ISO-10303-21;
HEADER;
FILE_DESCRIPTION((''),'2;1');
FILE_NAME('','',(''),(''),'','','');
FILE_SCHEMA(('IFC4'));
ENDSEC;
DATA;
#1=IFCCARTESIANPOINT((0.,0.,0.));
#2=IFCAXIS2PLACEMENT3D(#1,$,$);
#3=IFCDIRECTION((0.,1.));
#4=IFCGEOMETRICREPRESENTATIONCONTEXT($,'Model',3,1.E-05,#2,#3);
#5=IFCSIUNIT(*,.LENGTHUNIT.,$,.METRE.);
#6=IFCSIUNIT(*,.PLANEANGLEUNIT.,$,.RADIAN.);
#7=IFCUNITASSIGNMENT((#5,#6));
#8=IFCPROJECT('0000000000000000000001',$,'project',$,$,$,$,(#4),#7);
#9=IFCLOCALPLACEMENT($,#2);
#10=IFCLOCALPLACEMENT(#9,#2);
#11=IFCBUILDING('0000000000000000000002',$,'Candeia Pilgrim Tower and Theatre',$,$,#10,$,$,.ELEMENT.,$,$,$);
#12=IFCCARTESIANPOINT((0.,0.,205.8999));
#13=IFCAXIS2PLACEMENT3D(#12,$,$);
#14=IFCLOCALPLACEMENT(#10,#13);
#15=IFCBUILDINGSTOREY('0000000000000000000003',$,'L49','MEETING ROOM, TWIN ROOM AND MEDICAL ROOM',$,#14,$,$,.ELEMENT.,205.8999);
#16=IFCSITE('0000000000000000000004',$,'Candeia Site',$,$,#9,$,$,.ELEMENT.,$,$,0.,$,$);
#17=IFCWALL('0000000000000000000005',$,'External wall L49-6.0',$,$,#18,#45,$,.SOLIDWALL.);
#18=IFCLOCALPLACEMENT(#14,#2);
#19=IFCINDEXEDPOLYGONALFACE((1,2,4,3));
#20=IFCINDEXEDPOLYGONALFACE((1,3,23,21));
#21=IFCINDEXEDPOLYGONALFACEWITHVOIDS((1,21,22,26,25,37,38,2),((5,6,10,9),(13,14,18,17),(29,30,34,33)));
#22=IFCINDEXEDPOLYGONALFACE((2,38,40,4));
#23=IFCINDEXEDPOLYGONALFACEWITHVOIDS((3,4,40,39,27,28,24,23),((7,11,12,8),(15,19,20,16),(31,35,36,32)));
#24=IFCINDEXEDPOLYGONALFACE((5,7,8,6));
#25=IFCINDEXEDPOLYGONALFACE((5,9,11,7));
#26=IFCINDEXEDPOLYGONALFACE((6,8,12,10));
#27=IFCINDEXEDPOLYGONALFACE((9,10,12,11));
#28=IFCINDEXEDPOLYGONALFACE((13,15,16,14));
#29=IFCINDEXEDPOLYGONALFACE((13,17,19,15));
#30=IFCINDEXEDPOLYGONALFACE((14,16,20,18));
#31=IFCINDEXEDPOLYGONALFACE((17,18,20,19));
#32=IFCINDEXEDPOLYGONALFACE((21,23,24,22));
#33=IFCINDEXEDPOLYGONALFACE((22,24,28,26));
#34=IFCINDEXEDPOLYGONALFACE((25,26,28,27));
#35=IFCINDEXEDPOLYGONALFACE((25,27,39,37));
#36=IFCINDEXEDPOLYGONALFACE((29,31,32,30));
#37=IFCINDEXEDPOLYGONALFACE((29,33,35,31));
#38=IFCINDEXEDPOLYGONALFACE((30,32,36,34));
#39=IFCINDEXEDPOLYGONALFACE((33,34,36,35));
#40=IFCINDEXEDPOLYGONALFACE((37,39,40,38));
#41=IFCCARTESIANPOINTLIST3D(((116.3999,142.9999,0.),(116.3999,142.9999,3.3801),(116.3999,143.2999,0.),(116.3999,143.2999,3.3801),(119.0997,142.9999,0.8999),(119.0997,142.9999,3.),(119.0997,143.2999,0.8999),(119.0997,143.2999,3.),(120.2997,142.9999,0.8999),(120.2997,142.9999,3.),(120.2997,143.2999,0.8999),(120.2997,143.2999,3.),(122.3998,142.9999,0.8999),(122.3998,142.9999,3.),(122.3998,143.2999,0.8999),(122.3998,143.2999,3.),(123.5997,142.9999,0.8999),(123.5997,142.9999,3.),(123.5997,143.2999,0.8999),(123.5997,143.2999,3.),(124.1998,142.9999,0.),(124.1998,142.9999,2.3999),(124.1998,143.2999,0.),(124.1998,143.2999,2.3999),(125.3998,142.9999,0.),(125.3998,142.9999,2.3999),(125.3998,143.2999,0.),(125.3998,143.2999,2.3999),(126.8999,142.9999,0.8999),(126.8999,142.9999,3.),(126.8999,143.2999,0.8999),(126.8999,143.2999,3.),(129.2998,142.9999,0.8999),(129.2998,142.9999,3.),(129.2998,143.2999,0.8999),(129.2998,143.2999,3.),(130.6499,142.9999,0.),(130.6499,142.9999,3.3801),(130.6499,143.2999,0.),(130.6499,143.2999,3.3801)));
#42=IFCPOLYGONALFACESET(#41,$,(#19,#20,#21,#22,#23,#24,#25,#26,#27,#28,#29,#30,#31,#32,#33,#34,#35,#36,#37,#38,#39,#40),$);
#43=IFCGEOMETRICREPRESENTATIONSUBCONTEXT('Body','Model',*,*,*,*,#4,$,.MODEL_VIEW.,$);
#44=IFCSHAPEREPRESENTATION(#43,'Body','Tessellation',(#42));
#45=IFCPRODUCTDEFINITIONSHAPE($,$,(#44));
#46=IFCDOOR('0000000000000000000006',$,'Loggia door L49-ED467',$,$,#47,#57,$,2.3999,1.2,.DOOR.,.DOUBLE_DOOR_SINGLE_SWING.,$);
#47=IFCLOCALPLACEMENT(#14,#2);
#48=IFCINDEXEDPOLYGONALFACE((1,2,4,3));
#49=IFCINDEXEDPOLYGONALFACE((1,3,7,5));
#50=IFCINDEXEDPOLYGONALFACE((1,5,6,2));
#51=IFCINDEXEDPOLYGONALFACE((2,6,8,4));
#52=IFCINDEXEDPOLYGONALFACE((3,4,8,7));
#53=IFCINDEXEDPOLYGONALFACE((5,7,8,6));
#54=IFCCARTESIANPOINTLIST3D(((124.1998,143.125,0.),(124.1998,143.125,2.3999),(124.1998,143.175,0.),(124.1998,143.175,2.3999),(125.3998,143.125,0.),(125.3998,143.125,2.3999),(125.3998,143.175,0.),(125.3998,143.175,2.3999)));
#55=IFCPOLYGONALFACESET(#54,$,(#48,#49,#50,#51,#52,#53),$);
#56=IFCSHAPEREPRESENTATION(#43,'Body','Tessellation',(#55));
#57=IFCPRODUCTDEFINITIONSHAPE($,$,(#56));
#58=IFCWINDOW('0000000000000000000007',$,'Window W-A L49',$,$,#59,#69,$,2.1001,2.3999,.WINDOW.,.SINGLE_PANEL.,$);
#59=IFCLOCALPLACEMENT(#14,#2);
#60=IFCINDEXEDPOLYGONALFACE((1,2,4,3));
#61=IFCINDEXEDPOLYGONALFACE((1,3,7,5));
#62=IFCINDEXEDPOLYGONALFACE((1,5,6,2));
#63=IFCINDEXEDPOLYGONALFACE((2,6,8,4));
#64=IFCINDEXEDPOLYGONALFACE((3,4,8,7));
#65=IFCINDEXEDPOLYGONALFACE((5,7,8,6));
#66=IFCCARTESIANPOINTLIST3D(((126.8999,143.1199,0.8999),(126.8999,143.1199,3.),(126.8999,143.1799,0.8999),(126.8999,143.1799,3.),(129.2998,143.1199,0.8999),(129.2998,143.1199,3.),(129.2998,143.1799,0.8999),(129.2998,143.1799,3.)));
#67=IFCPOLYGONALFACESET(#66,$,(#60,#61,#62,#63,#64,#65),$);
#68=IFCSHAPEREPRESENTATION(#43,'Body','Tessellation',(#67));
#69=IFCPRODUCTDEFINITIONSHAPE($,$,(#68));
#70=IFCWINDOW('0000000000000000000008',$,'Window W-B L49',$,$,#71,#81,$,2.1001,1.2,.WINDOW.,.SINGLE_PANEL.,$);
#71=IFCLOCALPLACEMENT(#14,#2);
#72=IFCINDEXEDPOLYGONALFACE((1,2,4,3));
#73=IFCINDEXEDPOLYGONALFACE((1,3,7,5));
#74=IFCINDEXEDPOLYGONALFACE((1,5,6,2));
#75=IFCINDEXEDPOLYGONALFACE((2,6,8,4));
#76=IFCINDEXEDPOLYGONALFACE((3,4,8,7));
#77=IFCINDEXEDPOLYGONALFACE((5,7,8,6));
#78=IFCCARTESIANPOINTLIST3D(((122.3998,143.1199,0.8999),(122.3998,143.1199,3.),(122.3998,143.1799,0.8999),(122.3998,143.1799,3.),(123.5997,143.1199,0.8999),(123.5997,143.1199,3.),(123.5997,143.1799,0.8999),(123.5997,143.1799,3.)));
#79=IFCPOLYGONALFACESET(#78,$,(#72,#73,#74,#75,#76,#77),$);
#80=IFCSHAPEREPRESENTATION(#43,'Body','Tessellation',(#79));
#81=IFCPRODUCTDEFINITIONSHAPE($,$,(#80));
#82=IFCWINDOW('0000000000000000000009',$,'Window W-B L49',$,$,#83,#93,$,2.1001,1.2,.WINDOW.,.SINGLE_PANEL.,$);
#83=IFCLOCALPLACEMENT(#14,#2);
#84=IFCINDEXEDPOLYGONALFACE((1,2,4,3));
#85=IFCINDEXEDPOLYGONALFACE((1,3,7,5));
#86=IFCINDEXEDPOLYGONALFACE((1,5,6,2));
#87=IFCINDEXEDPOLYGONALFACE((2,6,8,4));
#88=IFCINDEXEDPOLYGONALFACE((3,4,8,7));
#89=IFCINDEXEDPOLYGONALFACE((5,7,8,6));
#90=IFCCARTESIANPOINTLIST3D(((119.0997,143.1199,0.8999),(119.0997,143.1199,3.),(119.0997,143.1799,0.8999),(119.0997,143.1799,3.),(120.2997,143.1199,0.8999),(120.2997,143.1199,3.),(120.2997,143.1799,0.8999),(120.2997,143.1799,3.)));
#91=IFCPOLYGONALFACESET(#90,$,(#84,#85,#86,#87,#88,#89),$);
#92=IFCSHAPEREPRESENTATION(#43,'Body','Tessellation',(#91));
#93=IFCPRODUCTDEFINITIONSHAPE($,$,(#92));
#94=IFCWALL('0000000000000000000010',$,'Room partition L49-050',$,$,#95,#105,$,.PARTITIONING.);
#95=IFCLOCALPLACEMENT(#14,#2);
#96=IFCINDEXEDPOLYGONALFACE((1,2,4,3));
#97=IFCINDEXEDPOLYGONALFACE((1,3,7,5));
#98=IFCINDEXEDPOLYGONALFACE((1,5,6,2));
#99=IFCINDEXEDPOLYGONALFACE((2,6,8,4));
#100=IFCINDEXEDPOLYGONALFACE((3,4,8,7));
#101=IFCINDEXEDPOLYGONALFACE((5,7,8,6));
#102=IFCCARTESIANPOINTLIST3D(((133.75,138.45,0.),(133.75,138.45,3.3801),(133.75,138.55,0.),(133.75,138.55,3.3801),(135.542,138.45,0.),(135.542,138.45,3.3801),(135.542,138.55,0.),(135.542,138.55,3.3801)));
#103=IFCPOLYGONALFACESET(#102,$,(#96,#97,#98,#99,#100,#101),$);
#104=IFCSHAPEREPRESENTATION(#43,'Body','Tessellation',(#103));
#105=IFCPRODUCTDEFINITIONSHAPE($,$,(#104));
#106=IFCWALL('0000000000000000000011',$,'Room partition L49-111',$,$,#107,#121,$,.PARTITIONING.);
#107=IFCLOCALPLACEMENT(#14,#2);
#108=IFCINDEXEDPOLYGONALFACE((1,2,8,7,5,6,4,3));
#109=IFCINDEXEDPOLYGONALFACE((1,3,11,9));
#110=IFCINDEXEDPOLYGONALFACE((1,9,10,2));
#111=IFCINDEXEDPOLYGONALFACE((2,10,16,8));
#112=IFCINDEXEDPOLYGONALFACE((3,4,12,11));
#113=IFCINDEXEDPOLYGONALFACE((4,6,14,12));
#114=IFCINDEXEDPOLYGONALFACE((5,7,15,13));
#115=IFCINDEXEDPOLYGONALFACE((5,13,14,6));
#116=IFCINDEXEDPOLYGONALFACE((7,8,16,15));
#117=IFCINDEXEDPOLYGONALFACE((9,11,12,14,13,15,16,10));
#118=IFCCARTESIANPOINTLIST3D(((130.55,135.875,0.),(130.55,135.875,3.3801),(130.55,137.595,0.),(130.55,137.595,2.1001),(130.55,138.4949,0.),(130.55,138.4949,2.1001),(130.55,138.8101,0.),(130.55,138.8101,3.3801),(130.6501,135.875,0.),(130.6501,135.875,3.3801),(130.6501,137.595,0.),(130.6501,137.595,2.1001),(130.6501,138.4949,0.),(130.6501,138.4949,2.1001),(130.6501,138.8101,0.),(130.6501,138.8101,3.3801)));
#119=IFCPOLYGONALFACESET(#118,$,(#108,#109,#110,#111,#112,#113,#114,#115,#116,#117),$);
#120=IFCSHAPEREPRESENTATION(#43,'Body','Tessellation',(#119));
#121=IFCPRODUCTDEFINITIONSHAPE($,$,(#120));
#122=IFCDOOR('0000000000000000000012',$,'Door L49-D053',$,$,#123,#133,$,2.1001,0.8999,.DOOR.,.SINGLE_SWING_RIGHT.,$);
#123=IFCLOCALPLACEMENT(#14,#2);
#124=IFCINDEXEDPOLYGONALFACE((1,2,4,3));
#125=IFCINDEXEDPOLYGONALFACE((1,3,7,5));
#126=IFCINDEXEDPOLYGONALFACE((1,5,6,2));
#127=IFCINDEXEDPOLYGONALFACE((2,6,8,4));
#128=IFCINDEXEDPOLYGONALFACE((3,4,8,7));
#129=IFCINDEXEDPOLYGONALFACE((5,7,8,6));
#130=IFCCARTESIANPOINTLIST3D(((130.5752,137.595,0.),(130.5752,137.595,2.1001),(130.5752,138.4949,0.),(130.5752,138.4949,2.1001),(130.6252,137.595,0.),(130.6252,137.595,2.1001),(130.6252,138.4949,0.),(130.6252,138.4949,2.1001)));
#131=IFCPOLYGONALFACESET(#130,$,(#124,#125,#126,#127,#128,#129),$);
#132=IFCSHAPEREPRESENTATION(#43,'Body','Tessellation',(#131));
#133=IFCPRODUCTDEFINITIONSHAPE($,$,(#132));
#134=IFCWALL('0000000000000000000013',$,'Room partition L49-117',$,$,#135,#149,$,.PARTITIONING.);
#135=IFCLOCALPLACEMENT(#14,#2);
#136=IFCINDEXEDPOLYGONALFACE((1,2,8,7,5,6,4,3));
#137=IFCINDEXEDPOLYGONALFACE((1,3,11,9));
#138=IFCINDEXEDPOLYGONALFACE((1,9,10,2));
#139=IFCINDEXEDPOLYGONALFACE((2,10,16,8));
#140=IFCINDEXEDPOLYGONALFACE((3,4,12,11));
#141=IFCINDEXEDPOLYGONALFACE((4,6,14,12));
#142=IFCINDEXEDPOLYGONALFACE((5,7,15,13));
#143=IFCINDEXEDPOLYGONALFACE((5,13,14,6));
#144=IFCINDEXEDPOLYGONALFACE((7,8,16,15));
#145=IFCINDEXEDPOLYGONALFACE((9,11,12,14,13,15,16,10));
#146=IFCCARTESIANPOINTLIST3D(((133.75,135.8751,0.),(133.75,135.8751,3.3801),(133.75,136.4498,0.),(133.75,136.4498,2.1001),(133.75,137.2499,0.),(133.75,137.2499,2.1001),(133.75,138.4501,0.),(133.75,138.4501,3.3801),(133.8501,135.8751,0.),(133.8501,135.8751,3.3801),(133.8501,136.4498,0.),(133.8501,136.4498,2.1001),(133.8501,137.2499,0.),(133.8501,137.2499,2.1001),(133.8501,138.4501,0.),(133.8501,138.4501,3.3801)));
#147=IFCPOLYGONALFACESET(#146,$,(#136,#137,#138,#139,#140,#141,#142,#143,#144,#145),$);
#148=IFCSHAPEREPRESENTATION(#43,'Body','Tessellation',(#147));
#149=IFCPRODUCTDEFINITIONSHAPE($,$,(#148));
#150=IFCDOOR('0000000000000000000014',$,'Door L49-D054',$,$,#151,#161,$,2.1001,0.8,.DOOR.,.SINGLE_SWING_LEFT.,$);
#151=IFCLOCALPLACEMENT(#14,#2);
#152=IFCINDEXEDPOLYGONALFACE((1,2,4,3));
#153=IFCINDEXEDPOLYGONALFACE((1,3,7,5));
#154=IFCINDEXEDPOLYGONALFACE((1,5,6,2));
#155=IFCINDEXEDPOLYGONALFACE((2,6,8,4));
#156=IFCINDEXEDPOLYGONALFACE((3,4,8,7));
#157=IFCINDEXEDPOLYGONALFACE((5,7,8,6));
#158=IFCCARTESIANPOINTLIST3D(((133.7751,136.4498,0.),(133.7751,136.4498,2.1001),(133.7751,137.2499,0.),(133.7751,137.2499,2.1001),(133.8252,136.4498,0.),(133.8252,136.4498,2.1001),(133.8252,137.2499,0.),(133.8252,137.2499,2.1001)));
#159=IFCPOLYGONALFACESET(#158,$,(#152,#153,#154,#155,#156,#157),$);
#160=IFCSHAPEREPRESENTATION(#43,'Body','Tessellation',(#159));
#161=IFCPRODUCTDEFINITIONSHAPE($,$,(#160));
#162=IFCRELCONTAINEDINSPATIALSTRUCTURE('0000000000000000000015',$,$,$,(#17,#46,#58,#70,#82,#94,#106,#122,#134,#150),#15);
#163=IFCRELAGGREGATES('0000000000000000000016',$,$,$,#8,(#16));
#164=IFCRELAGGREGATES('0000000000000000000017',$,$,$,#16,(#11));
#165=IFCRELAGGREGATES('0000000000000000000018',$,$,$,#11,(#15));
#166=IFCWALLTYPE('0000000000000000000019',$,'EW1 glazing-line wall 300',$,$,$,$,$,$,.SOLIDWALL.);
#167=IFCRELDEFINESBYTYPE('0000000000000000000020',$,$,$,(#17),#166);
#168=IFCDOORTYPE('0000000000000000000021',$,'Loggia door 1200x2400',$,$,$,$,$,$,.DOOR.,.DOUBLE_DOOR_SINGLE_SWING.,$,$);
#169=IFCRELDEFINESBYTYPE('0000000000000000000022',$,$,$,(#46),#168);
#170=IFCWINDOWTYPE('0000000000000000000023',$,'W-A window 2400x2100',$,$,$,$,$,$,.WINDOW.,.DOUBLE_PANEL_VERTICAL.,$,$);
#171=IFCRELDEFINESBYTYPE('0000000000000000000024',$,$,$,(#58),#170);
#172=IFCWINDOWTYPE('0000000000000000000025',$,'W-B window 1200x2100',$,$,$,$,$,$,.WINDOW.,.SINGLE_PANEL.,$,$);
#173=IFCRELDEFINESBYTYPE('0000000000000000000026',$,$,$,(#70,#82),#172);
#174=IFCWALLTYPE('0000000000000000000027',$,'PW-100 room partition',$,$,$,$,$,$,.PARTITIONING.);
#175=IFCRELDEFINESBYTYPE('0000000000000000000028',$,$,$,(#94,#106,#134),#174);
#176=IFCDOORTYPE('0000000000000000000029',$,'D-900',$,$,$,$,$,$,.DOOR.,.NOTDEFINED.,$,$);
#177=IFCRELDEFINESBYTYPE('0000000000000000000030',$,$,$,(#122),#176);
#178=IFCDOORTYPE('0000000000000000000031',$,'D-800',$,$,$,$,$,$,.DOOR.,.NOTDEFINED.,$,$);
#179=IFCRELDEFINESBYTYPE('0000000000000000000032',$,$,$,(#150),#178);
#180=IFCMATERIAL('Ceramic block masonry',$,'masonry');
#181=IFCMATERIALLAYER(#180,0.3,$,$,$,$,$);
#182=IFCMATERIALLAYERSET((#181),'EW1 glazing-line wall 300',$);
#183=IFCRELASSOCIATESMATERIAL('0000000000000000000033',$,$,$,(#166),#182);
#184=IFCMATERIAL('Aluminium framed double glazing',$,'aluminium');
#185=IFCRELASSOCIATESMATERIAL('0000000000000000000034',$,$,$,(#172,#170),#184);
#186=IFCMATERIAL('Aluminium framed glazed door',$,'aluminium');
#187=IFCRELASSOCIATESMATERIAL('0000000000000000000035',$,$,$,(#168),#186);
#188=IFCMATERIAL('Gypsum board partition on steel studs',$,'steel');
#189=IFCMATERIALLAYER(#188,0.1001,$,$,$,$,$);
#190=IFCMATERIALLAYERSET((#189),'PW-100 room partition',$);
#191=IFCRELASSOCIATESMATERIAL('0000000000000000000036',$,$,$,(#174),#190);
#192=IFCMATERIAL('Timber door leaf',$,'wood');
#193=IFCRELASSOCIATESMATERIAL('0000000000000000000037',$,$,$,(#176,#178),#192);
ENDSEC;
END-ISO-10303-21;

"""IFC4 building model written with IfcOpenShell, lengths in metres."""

from ifc_helpers import new_model, si_unit, direction, frame, frame_2d, origin, place, context, subcontext, project, spatial, rectangle, extrude, material, layer, layer_set, type_object, element, fill, save


model = new_model("IFC4")

# Units and contexts
model_context = context("Model", 3, precision=1e-05, world=origin(), true_north=direction((0.0, 1.0)))
body_context = subcontext(model_context, "Body", "Model", "MODEL_VIEW")
ifc_project = project(units=[si_unit("LENGTHUNIT", "METRE"), si_unit("PLANEANGLEUNIT", "RADIAN")], contexts=[model_context])

# Site, building, storey
site_placement = place(None, origin())
site = spatial("IfcSite", under=ifc_project, at=site_placement, Name="Candeia Site", CompositionType="ELEMENT", RefElevation=0.0)
building_placement = place(site_placement, origin())
building = spatial("IfcBuilding", under=site, at=building_placement, Name="Candeia Pilgrim Tower and Theatre", CompositionType="ELEMENT")
storey_placement = place(building_placement, frame((0.0, 0.0, 205.8999)))
storey = spatial("IfcBuildingStorey", under=building, at=storey_placement, Name="L49", Description="MEETING ROOM, TWIN ROOM AND MEDICAL ROOM", CompositionType="ELEMENT", Elevation=205.8999)

# Shared definitions
ifc_material_1 = material(Name="Ceramic block masonry", Category="masonry")
ifc_layer_1 = layer(ifc_material_1, 0.3)
ifc_layer_set_1 = layer_set([ifc_layer_1], Name="EW1 glazing-line wall 300")
wall_type_1 = type_object("IfcWallType", Name="EW1 glazing-line wall 300", PredefinedType="SOLIDWALL", material=ifc_layer_set_1)
ifc_material_2 = material(Name="Aluminium framed double glazing", Category="aluminium")
window_type_1 = type_object("IfcWindowType", Name="W-B window 1200x2100", PartitioningType="SINGLE_PANEL", PredefinedType="WINDOW", material=ifc_material_2)

# Shared definitions
ifc_material_3 = material(Name="Aluminium framed glazed door", Category="aluminium")
door_type_1 = type_object("IfcDoorType", Name="Loggia door 1200x2400", OperationType="DOUBLE_DOOR_SINGLE_SWING", PredefinedType="DOOR", material=ifc_material_3)

# Wall, openings, door, windows
wall_1_placement = place(storey_placement, frame((130.6499, 143.1499, 0.0), z_axis=(0.0, 0.0, 1.0), x_axis=(-1.0, 0.0, 0.0)))
wall_1 = element("IfcWall", 1, at=wall_1_placement, inside=storey, type_object=wall_type_1, Name="External wall L49-6.0", PredefinedType="SOLIDWALL", context=body_context, shape_type="SweptSolid", body=[
    extrude(rectangle(XDim=14.25, YDim=0.3, at=frame_2d((7.125, 0.0))), origin(), (0.0, 0.0, 1.0), 3.3801),
])
opening_1_placement = place(wall_1_placement, frame((1.3501, 0.0, 0.8999)))
opening_1 = element("IfcOpeningElement", 2, at=opening_1_placement, cuts=wall_1, PredefinedType="OPENING", context=body_context, shape_type="SweptSolid", body=[
    extrude(rectangle(XDim=2.3999, YDim=2.1001, at=frame_2d((1.2, 1.05))), frame((0.0, 0.1602, 0.0), z_axis=(0.0, -1.0, 0.0), x_axis=(1.0, 0.0, 0.0)), (0.0, 0.0, 1.0), 0.3201),
])
opening_2_placement = place(wall_1_placement, frame((5.25, 0.0, 0.0)))
opening_2 = element("IfcOpeningElement", 3, at=opening_2_placement, cuts=wall_1, PredefinedType="OPENING", context=body_context, shape_type="SweptSolid", body=[
    extrude(rectangle(XDim=1.2, YDim=2.3999, at=frame_2d((0.6001, 1.2))), frame((0.0, 0.1602, 0.0), z_axis=(0.0, -1.0, 0.0), x_axis=(1.0, 0.0, 0.0)), (0.0, 0.0, 1.0), 0.3201),
])
opening_3_placement = place(wall_1_placement, frame((7.05, 0.0, 0.8999)))
opening_3 = element("IfcOpeningElement", 4, at=opening_3_placement, cuts=wall_1, PredefinedType="OPENING", context=body_context, shape_type="SweptSolid", body=[
    extrude(rectangle(XDim=1.2, YDim=2.1001, at=frame_2d((0.6001, 1.05))), frame((0.0, 0.1602, 0.0), z_axis=(0.0, -1.0, 0.0), x_axis=(1.0, 0.0, 0.0)), (0.0, 0.0, 1.0), 0.3201),
])
opening_4_placement = place(wall_1_placement, frame((10.3501, 0.0, 0.8999)))
opening_4 = element("IfcOpeningElement", 5, at=opening_4_placement, cuts=wall_1, PredefinedType="OPENING", context=body_context, shape_type="SweptSolid", body=[
    extrude(rectangle(XDim=1.2, YDim=2.1001, at=frame_2d((0.6001, 1.05))), frame((0.0, 0.1602, 0.0), z_axis=(0.0, -1.0, 0.0), x_axis=(1.0, 0.0, 0.0)), (0.0, 0.0, 1.0), 0.3201),
])
door_1_placement = place(opening_2_placement, origin())
door_1 = element("IfcDoor", 6, at=door_1_placement, inside=storey, type_object=door_type_1, Name="Loggia door L49-ED467", OperationType="DOUBLE_DOOR_SINGLE_SWING", OverallHeight=2.3999, OverallWidth=1.2, PredefinedType="DOOR", context=body_context, shape_type="SweptSolid", body=[
    extrude(rectangle(XDim=1.2, YDim=2.3999, at=frame_2d((0.6001, 1.2))), frame((0.0, 0.0249, 0.0), z_axis=(0.0, -1.0, 0.0), x_axis=(1.0, 0.0, 0.0)), (0.0, 0.0, 1.0), 0.05),
])
fill(opening_2, door_1)
window_type_2 = type_object("IfcWindowType", Name="W-A window 2400x2100", PartitioningType="DOUBLE_PANEL_VERTICAL", PredefinedType="WINDOW", material=ifc_material_2)
window_1_placement = place(opening_1_placement, origin())
window_1 = element("IfcWindow", 7, at=window_1_placement, inside=storey, type_object=window_type_2, Name="Window W-A L49", OverallHeight=2.1001, OverallWidth=2.3999, PartitioningType="SINGLE_PANEL", PredefinedType="WINDOW", context=body_context, shape_type="SweptSolid", body=[
    extrude(rectangle(XDim=2.3999, YDim=2.1001, at=frame_2d((1.2, 1.05))), frame((0.0, 0.03, 0.0), z_axis=(0.0, -1.0, 0.0), x_axis=(1.0, 0.0, 0.0)), (0.0, 0.0, 1.0), 0.0601),
])
fill(opening_1, window_1)
window_2_placement = place(opening_3_placement, origin())
window_2 = element("IfcWindow", 8, at=window_2_placement, inside=storey, type_object=window_type_1, Name="Window W-B L49", OverallHeight=2.1001, OverallWidth=1.2, PartitioningType="SINGLE_PANEL", PredefinedType="WINDOW", context=body_context, shape_type="SweptSolid", body=[
    extrude(rectangle(XDim=1.2, YDim=2.1001, at=frame_2d((0.6001, 1.05))), frame((0.0, 0.03, 0.0), z_axis=(0.0, -1.0, 0.0), x_axis=(1.0, 0.0, 0.0)), (0.0, 0.0, 1.0), 0.0601),
])
fill(opening_3, window_2)
window_3_placement = place(opening_4_placement, origin())
window_3 = element("IfcWindow", 9, at=window_3_placement, inside=storey, type_object=window_type_1, Name="Window W-B L49", OverallHeight=2.1001, OverallWidth=1.2, PartitioningType="SINGLE_PANEL", PredefinedType="WINDOW", context=body_context, shape_type="SweptSolid", body=[
    extrude(rectangle(XDim=1.2, YDim=2.1001, at=frame_2d((0.6001, 1.05))), frame((0.0, 0.03, 0.0), z_axis=(0.0, -1.0, 0.0), x_axis=(1.0, 0.0, 0.0)), (0.0, 0.0, 1.0), 0.0601),
])
fill(opening_4, window_3)

# Wall
ifc_material_4 = material(Name="Gypsum board partition on steel studs", Category="steel")
ifc_layer_2 = layer(ifc_material_4, 0.1001)
ifc_layer_set_2 = layer_set([ifc_layer_2], Name="PW-100 room partition")
wall_type_2 = type_object("IfcWallType", Name="PW-100 room partition", PredefinedType="PARTITIONING", material=ifc_layer_set_2)
wall_2_placement = place(storey_placement, frame((133.75, 138.5, 0.0), z_axis=(0.0, 0.0, 1.0), x_axis=(1.0, 0.0, 0.0)))
element("IfcWall", 10, at=wall_2_placement, inside=storey, type_object=wall_type_2, Name="Room partition L49-050", PredefinedType="PARTITIONING", context=body_context, shape_type="SweptSolid", body=[
    extrude(rectangle(XDim=1.792, YDim=0.1001, at=frame_2d((0.896, 0.0))), origin(), (0.0, 0.0, 1.0), 3.3801),
])

# Walls, openings, doors
wall_3_placement = place(storey_placement, frame((130.6001, 135.875, 0.0), z_axis=(0.0, 0.0, 1.0), x_axis=(0.0, 1.0, 0.0)))
wall_3 = element("IfcWall", 11, at=wall_3_placement, inside=storey, type_object=wall_type_2, Name="Room partition L49-111", PredefinedType="PARTITIONING", context=body_context, shape_type="SweptSolid", body=[
    extrude(rectangle(XDim=2.9351, YDim=0.1001, at=frame_2d((1.4675, 0.0))), origin(), (0.0, 0.0, 1.0), 3.3801),
])
opening_5_placement = place(wall_3_placement, frame((1.72, 0.0, 0.0)))
opening_5 = element("IfcOpeningElement", 12, at=opening_5_placement, cuts=wall_3, PredefinedType="OPENING", context=body_context, shape_type="SweptSolid", body=[
    extrude(rectangle(XDim=0.8999, YDim=2.1001, at=frame_2d((0.45, 1.05))), frame((0.0, 0.0601, 0.0), z_axis=(0.0, -1.0, 0.0), x_axis=(1.0, 0.0, 0.0)), (0.0, 0.0, 1.0), 0.1201),
])
ifc_material_5 = material(Name="Timber door leaf", Category="wood")
door_type_2 = type_object("IfcDoorType", Name="D-900", OperationType="NOTDEFINED", PredefinedType="DOOR", material=ifc_material_5)
door_2_placement = place(opening_5_placement, origin())
door_2 = element("IfcDoor", 13, at=door_2_placement, inside=storey, type_object=door_type_2, Name="Door L49-D053", OperationType="SINGLE_SWING_RIGHT", OverallHeight=2.1001, OverallWidth=0.8999, PredefinedType="DOOR", context=body_context, shape_type="SweptSolid", body=[
    extrude(rectangle(XDim=0.8999, YDim=2.1001, at=frame_2d((0.45, 1.05))), frame((0.0, 0.0249, 0.0), z_axis=(0.0, -1.0, 0.0), x_axis=(1.0, 0.0, 0.0)), (0.0, 0.0, 1.0), 0.05),
])
fill(opening_5, door_2)
wall_4_placement = place(storey_placement, frame((133.8, 135.875, 0.0), z_axis=(0.0, 0.0, 1.0), x_axis=(0.0, 1.0, 0.0)))
wall_4 = element("IfcWall", 14, at=wall_4_placement, inside=storey, type_object=wall_type_2, Name="Room partition L49-117", PredefinedType="PARTITIONING", context=body_context, shape_type="SweptSolid", body=[
    extrude(rectangle(XDim=2.575, YDim=0.1001, at=frame_2d((1.2876, 0.0))), origin(), (0.0, 0.0, 1.0), 3.3801),
])
opening_6_placement = place(wall_4_placement, frame((0.575, 0.0, 0.0)))
opening_6 = element("IfcOpeningElement", 15, at=opening_6_placement, cuts=wall_4, PredefinedType="OPENING", context=body_context, shape_type="SweptSolid", body=[
    extrude(rectangle(XDim=0.8, YDim=2.1001, at=frame_2d((0.3999, 1.05))), frame((0.0, 0.0601, 0.0), z_axis=(0.0, -1.0, 0.0), x_axis=(1.0, 0.0, 0.0)), (0.0, 0.0, 1.0), 0.1201),
])
door_type_3 = type_object("IfcDoorType", Name="D-800", OperationType="NOTDEFINED", PredefinedType="DOOR", material=ifc_material_5)
door_3_placement = place(opening_6_placement, origin())
door_3 = element("IfcDoor", 16, at=door_3_placement, inside=storey, type_object=door_type_3, Name="Door L49-D054", OperationType="SINGLE_SWING_LEFT", OverallHeight=2.1001, OverallWidth=0.8, PredefinedType="DOOR", context=body_context, shape_type="SweptSolid", body=[
    extrude(rectangle(XDim=0.8, YDim=2.1001, at=frame_2d((0.3999, 1.05))), frame((0.0, 0.0249, 0.0), z_axis=(0.0, -1.0, 0.0), x_axis=(1.0, 0.0, 0.0)), (0.0, 0.0, 1.0), 0.05),
])
fill(opening_6, door_3)

save(model, "model.ifc")
